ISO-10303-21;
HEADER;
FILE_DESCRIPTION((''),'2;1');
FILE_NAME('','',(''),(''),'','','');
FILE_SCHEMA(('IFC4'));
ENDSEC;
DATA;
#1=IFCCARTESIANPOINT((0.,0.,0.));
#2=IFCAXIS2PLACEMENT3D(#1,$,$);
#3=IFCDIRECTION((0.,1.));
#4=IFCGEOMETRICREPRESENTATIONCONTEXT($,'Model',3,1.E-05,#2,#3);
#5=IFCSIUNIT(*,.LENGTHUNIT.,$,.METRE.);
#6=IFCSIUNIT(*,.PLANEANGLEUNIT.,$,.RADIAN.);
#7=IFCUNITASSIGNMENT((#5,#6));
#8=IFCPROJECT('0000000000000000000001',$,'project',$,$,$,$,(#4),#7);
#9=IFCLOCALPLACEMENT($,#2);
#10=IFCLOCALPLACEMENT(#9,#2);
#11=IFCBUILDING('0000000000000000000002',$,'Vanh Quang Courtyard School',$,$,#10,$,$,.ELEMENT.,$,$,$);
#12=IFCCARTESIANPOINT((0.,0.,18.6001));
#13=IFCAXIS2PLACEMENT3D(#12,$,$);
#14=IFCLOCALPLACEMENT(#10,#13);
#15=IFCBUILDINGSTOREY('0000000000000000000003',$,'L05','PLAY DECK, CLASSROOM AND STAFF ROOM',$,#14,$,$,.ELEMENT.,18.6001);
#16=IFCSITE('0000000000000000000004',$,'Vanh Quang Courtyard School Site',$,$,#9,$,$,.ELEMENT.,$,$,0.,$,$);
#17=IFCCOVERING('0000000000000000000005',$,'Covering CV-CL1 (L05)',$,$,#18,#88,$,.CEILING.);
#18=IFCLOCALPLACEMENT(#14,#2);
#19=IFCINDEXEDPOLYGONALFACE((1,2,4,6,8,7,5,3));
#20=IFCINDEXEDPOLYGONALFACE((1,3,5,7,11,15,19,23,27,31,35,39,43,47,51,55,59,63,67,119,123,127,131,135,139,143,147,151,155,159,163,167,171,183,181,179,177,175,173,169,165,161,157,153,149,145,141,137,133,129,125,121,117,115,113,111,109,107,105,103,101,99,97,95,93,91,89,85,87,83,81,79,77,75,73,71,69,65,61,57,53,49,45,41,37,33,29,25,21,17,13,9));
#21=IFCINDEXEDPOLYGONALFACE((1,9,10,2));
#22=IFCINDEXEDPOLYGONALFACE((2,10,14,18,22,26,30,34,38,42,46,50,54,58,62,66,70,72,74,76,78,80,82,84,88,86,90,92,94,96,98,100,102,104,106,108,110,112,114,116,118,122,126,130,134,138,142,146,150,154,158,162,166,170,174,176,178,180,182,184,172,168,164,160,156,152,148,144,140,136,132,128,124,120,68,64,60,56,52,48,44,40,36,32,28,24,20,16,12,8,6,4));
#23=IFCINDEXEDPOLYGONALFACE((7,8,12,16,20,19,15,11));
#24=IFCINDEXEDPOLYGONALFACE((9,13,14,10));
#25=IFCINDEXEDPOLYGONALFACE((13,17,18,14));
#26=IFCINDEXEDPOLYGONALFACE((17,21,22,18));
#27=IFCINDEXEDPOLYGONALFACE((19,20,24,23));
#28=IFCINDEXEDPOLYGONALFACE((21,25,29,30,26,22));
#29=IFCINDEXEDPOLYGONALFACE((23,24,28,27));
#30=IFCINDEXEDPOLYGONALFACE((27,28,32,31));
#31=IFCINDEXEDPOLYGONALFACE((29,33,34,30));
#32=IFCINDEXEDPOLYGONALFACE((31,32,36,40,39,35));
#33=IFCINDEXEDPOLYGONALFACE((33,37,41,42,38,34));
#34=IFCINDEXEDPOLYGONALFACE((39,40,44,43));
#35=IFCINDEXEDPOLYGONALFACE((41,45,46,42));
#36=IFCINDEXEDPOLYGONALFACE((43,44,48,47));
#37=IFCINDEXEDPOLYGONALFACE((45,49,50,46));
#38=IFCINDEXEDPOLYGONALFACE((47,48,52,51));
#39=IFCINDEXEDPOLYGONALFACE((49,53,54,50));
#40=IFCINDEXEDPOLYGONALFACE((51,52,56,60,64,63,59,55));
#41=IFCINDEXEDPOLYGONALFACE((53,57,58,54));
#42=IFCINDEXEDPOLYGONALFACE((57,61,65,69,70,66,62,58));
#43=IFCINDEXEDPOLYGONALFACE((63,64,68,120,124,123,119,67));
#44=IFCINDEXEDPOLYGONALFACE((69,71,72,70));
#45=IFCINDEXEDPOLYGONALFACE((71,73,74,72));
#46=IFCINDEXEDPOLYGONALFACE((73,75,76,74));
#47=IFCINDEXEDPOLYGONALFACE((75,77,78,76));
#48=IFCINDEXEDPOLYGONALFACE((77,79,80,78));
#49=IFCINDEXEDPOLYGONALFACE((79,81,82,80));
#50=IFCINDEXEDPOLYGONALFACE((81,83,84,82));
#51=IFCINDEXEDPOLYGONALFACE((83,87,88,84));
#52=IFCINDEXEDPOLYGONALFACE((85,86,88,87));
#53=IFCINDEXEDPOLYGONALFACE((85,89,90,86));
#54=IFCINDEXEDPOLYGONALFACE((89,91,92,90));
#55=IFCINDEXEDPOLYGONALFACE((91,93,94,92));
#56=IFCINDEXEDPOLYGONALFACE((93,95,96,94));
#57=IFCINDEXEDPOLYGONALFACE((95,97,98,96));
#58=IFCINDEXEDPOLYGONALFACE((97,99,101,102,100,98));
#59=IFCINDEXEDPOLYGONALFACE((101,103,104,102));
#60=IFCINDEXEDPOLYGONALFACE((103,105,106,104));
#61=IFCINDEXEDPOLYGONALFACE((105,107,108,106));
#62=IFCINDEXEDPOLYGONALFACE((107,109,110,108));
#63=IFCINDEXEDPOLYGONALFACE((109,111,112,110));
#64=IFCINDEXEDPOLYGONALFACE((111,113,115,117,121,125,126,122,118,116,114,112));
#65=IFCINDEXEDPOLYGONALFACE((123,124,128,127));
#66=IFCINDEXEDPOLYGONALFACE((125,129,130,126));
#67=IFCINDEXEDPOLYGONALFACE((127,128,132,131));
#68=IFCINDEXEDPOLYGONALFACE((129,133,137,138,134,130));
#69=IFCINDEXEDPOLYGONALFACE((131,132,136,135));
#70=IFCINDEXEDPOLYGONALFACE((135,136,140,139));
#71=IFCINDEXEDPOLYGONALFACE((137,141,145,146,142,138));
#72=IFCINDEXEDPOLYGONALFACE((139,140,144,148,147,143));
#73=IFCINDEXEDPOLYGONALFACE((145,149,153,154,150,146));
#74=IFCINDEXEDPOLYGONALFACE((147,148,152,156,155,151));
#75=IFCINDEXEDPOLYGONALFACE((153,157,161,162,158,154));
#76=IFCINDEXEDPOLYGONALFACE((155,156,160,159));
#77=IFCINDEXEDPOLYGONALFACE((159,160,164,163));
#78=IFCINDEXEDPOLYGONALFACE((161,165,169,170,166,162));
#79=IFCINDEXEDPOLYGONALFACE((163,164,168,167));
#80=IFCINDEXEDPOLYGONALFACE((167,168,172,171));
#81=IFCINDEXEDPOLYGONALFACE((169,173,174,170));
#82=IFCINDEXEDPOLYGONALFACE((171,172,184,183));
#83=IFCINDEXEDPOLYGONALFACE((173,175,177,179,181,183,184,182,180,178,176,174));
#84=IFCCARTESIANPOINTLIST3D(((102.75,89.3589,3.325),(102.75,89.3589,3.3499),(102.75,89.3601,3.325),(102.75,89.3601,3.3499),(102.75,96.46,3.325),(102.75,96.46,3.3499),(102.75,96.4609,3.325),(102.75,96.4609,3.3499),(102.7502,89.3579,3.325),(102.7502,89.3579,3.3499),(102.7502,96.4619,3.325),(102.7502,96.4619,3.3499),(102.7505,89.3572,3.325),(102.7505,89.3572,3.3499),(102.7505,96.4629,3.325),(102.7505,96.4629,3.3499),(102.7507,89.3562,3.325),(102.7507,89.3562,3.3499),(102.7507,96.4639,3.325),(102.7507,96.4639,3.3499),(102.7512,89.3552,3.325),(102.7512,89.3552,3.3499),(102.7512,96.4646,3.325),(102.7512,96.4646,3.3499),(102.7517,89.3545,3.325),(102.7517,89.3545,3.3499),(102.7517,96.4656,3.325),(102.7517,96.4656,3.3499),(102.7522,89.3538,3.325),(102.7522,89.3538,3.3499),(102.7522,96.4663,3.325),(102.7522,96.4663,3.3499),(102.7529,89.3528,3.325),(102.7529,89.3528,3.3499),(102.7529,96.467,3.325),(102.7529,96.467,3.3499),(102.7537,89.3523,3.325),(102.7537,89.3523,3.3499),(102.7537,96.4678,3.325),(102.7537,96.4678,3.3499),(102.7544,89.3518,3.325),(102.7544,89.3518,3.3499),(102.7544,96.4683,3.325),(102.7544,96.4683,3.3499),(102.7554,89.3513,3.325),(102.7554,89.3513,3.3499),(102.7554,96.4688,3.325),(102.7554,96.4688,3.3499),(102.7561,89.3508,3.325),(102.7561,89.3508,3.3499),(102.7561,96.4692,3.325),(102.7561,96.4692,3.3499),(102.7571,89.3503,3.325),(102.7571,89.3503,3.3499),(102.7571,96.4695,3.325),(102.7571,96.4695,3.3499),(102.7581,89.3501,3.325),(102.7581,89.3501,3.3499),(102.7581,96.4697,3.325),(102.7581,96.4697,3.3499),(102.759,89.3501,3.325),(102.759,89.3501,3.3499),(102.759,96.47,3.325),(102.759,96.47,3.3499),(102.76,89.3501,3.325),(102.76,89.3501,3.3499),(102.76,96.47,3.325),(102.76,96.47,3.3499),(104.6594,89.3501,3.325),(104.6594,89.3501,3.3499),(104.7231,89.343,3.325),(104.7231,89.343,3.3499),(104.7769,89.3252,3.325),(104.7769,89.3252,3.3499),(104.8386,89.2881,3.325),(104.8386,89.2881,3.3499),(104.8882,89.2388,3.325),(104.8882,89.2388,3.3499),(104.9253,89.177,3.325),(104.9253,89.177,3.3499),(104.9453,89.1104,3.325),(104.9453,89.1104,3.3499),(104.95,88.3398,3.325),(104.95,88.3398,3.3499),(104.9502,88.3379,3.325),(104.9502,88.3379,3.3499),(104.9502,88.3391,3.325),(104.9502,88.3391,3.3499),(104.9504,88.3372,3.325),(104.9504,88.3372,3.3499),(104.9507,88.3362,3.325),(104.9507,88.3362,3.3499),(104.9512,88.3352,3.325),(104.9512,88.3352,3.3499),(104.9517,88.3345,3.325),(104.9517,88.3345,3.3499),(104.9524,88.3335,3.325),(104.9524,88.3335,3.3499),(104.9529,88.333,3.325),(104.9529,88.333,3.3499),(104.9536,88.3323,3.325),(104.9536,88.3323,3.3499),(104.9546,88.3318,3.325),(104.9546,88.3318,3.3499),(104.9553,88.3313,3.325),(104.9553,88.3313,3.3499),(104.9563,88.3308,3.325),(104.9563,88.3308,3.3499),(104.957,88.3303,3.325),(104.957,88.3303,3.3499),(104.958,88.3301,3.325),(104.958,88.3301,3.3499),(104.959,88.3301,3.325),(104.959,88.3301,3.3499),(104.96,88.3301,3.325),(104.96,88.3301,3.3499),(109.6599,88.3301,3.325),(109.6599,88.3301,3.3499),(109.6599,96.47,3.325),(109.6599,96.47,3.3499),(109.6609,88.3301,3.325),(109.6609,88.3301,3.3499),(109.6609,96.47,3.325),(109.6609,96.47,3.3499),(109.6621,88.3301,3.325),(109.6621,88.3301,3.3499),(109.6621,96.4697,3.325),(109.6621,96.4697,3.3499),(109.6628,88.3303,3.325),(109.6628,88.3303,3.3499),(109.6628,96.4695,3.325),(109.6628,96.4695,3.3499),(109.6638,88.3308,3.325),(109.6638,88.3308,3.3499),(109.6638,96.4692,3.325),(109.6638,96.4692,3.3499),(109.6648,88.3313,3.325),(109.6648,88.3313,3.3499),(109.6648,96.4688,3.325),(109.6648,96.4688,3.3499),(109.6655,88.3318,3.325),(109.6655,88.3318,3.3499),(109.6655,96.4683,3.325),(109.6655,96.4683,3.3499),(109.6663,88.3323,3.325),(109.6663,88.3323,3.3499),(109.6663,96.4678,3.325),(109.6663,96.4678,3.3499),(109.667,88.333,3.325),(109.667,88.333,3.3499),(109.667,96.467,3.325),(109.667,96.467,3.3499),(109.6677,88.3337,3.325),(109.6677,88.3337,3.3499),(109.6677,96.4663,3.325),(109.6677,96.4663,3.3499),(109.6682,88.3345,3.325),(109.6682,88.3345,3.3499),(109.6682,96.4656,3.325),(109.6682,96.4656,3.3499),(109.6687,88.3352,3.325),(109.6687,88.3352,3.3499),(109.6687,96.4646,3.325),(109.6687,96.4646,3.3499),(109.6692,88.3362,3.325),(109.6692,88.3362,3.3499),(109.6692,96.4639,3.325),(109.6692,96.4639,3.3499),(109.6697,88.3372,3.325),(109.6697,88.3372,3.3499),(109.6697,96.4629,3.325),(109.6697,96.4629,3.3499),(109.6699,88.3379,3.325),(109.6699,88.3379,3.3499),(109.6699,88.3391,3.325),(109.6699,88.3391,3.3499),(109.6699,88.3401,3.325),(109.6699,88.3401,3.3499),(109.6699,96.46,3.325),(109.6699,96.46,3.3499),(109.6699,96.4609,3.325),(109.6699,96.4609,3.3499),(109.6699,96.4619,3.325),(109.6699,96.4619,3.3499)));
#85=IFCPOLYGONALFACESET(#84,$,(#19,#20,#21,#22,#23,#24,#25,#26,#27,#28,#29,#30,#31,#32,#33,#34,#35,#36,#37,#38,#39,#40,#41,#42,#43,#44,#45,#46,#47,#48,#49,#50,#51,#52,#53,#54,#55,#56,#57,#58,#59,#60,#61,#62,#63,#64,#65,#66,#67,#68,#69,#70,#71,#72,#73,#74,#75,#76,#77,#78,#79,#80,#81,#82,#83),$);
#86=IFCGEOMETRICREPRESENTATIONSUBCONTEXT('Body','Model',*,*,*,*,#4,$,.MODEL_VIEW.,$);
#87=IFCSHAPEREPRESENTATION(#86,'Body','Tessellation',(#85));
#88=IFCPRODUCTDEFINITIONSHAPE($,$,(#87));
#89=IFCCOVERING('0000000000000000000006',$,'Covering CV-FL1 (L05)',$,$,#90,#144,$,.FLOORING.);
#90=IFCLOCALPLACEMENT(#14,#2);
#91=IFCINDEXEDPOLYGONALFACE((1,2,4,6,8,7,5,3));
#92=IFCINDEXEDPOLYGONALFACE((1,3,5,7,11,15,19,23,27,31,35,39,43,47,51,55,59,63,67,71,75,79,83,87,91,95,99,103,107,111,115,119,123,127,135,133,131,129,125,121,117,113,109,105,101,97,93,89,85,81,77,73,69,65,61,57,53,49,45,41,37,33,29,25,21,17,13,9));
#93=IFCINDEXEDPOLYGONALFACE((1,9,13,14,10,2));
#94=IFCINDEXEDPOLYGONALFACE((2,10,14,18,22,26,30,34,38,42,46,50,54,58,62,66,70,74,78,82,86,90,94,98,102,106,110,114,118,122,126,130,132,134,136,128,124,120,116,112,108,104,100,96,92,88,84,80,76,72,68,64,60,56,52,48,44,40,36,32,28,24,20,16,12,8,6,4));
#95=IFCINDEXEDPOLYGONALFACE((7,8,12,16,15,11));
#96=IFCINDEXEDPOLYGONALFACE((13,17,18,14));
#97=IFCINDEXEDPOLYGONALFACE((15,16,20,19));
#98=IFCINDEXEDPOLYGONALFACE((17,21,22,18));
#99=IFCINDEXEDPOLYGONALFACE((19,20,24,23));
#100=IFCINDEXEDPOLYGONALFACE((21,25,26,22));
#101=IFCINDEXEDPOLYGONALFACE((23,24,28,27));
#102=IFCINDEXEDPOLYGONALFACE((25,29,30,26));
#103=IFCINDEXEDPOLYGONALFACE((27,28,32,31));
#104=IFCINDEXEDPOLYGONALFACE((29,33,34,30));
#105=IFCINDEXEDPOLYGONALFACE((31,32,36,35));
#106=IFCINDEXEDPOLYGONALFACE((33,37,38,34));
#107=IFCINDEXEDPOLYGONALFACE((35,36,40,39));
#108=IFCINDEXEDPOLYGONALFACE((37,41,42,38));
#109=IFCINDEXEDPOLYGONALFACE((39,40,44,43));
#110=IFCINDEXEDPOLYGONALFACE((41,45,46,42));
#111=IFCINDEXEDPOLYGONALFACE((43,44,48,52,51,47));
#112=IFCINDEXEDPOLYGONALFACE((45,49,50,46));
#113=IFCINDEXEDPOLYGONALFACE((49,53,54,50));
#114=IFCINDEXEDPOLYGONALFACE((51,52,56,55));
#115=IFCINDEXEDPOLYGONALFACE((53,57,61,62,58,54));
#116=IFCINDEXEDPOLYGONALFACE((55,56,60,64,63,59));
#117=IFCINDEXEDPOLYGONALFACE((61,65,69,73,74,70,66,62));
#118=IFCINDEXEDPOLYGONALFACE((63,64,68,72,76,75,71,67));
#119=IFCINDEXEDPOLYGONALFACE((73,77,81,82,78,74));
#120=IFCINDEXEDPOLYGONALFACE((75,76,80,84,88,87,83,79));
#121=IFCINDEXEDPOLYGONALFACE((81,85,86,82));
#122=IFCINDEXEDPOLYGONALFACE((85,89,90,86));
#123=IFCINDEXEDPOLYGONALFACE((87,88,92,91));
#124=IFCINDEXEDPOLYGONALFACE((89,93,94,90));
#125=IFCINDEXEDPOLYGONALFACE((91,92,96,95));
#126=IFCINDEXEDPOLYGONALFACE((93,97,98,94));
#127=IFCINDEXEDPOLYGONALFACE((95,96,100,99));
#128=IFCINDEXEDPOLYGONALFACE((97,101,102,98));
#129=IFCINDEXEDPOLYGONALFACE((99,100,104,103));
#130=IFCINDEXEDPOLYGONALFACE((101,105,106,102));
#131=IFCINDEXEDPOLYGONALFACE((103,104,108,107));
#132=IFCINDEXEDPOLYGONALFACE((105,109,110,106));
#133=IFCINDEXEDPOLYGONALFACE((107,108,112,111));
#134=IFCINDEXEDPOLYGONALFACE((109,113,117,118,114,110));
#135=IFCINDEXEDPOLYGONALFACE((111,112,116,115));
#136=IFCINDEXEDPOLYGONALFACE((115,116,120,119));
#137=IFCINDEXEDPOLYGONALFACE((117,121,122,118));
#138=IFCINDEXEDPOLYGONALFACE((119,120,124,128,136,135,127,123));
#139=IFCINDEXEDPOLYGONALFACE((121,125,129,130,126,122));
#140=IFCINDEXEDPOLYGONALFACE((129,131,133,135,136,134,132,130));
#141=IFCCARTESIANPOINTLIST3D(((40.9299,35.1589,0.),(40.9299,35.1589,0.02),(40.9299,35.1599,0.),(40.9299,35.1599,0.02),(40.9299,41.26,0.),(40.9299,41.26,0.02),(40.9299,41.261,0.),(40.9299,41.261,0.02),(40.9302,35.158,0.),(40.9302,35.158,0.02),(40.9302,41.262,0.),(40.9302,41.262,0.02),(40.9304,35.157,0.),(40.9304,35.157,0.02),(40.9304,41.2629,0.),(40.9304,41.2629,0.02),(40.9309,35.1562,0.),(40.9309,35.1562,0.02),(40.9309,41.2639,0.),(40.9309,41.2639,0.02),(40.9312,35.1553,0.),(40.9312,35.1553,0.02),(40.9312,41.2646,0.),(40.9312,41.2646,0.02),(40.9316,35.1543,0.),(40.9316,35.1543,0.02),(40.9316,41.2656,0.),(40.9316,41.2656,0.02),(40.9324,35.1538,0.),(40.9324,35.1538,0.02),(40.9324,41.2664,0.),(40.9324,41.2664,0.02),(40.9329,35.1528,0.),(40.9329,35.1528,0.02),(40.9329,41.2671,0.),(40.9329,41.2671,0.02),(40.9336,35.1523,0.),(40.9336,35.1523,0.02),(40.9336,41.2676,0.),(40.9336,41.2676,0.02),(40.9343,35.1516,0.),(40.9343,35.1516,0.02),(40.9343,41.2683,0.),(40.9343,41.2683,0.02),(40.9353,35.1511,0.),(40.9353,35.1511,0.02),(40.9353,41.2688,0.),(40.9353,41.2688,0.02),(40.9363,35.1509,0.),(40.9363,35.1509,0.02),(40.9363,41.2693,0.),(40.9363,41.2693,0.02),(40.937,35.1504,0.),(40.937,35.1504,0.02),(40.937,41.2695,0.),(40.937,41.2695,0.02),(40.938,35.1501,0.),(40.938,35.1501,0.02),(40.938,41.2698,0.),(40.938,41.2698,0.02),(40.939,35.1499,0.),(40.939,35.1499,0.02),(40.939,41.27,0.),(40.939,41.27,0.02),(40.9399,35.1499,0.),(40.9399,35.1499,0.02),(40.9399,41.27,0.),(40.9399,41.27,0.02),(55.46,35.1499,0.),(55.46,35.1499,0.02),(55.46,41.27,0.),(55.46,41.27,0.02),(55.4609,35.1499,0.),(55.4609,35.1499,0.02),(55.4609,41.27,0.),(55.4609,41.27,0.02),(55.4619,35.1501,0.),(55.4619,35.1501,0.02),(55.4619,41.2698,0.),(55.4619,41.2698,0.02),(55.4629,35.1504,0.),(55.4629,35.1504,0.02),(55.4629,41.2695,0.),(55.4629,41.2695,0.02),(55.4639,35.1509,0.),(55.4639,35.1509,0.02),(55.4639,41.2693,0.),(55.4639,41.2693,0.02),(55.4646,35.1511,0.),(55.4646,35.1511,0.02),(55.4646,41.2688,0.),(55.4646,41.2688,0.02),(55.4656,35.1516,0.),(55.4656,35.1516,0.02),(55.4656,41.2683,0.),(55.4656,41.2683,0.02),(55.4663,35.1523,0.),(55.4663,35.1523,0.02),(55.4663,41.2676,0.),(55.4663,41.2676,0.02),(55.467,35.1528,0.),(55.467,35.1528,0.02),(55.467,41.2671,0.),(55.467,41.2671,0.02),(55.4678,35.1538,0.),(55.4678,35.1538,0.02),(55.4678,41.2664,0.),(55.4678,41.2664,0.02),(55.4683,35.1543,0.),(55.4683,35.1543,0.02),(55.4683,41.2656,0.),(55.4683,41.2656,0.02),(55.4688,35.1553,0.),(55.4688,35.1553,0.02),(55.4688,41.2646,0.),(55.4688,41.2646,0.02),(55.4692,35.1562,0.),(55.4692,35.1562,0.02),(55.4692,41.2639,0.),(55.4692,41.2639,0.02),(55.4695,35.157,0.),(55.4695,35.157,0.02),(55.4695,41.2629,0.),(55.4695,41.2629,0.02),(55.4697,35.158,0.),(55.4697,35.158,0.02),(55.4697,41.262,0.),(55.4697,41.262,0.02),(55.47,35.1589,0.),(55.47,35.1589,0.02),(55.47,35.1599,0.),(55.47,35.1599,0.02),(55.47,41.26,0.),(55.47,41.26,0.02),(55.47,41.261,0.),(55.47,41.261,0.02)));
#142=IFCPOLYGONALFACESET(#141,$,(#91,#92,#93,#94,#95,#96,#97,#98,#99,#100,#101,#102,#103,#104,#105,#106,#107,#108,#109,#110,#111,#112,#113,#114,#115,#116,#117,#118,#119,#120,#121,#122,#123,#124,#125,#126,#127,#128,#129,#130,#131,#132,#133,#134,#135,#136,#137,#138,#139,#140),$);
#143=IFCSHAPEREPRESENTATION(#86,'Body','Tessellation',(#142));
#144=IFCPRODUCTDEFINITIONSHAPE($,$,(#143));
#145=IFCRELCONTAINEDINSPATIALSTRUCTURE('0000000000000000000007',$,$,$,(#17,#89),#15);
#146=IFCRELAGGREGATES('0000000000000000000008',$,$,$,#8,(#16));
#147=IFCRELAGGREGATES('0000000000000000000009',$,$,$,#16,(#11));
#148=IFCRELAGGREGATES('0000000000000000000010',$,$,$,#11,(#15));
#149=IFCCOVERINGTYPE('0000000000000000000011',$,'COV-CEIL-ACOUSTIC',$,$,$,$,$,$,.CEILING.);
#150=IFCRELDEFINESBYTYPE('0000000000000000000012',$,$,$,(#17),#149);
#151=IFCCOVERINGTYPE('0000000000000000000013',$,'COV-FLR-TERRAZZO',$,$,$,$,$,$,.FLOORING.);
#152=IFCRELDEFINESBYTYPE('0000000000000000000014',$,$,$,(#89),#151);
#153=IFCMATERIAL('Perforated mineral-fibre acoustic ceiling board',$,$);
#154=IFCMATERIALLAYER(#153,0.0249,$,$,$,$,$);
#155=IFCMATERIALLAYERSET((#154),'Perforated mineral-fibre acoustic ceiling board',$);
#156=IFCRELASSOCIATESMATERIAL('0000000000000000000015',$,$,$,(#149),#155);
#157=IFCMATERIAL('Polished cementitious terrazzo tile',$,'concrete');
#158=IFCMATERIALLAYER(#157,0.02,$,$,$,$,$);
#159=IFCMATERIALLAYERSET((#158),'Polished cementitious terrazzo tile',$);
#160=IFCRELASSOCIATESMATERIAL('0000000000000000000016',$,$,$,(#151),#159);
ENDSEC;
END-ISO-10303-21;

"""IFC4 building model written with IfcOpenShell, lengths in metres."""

from ifc_helpers import new_model, si_unit, direction, frame, origin, place, context, subcontext, project, spatial, polyline, outline, extrude, material, layer, layer_set, type_object, element, save


model = new_model("IFC4")

# Units and contexts
model_context = context("Model", 3, precision=1e-05, world=origin(), true_north=direction((0.0, 1.0)))
body_context = subcontext(model_context, "Body", "Model", "MODEL_VIEW")
ifc_project = project(units=[si_unit("LENGTHUNIT", "METRE"), si_unit("PLANEANGLEUNIT", "RADIAN")], contexts=[model_context])

# Site, building, storey
site_placement = place(None, origin())
site = spatial("IfcSite", under=ifc_project, at=site_placement, Name="Vanh Quang Courtyard School Site", CompositionType="ELEMENT", RefElevation=0.0)
building_placement = place(site_placement, origin())
building = spatial("IfcBuilding", under=site, at=building_placement, Name="Vanh Quang Courtyard School", CompositionType="ELEMENT")
storey_placement = place(building_placement, frame((0.0, 0.0, 18.6001)))
storey = spatial("IfcBuildingStorey", under=building, at=storey_placement, Name="L05", Description="PLAY DECK, CLASSROOM AND STAFF ROOM", CompositionType="ELEMENT", Elevation=18.6001)

# Coverings
ifc_material_1 = material(Name="Perforated mineral-fibre acoustic ceiling board")
ifc_layer_1 = layer(ifc_material_1, 0.0249)
ifc_layer_set_1 = layer_set([ifc_layer_1], Name="Perforated mineral-fibre acoustic ceiling board")
covering_type_1 = type_object("IfcCoveringType", Name="COV-CEIL-ACOUSTIC", PredefinedType="CEILING", material=ifc_layer_set_1)
covering_1_placement = place(storey_placement, frame((0.0, 0.0, 3.325)))
element("IfcCovering", 1, at=covering_1_placement, inside=storey, type_object=covering_type_1, Name="Covering CV-CL1 (L05)", PredefinedType="CEILING", context=body_context, shape_type="SweptSolid", body=[
    extrude(outline(polyline([(102.75, 96.46), (102.75, 96.4609), (102.7502, 96.4619), (102.7505, 96.4629), (102.7507, 96.4639), (102.7512, 96.4646), (102.7517, 96.4656), (102.7522, 96.4663), (102.7529, 96.467), (102.7537, 96.4678), (102.7544, 96.4683), (102.7554, 96.4688), (102.7561, 96.4692), (102.7571, 96.4695), (102.7581, 96.4697), (102.759, 96.47), (102.76, 96.47), (109.6599, 96.47), (109.6609, 96.47), (109.6621, 96.4697), (109.6628, 96.4695), (109.6638, 96.4692), (109.6648, 96.4688), (109.6655, 96.4683), (109.6663, 96.4678), (109.667, 96.467), (109.6677, 96.4663), (109.6682, 96.4656), (109.6687, 96.4646), (109.6692, 96.4639), (109.6697, 96.4629), (109.6699, 96.4619), (109.6699, 96.4609), (109.6699, 96.46), (109.6699, 88.3401), (109.6699, 88.3391), (109.6699, 88.3379), (109.6697, 88.3372), (109.6692, 88.3362), (109.6687, 88.3352), (109.6682, 88.3345), (109.6677, 88.3337), (109.667, 88.333), (109.6663, 88.3323), (109.6655, 88.3318), (109.6648, 88.3313), (109.6638, 88.3308), (109.6628, 88.3303), (109.6621, 88.3301), (109.6609, 88.3301), (109.6599, 88.3301), (104.96, 88.3301), (104.959, 88.3301), (104.958, 88.3301), (104.957, 88.3303), (104.9563, 88.3308), (104.9553, 88.3313), (104.9546, 88.3318), (104.9536, 88.3323), (104.9529, 88.333), (104.9524, 88.3335), (104.9517, 88.3345), (104.9512, 88.3352), (104.9507, 88.3362), (104.9504, 88.3372), (104.9502, 88.3379), (104.9502, 88.3391), (104.95, 88.3398), (104.9453, 89.1104), (104.9253, 89.177), (104.8882, 89.2388), (104.8386, 89.2881), (104.7769, 89.3252), (104.7231, 89.343), (104.6594, 89.3501), (102.76, 89.3501), (102.759, 89.3501), (102.7581, 89.3501), (102.7571, 89.3503), (102.7561, 89.3508), (102.7554, 89.3513), (102.7544, 89.3518), (102.7537, 89.3523), (102.7529, 89.3528), (102.7522, 89.3538), (102.7517, 89.3545), (102.7512, 89.3552), (102.7507, 89.3562), (102.7505, 89.3572), (102.7502, 89.3579), (102.75, 89.3589), (102.75, 89.3601), (102.75, 96.46)])), origin(), (0.0, 0.0, 1.0), 0.0249),
])
ifc_material_2 = material(Name="Polished cementitious terrazzo tile", Category="concrete")
ifc_layer_2 = layer(ifc_material_2, 0.02)
ifc_layer_set_2 = layer_set([ifc_layer_2], Name="Polished cementitious terrazzo tile")
covering_type_2 = type_object("IfcCoveringType", Name="COV-FLR-TERRAZZO", PredefinedType="FLOORING", material=ifc_layer_set_2)
covering_2_placement = place(storey_placement, origin())
element("IfcCovering", 2, at=covering_2_placement, inside=storey, type_object=covering_type_2, Name="Covering CV-FL1 (L05)", PredefinedType="FLOORING", context=body_context, shape_type="SweptSolid", body=[
    extrude(outline(polyline([(55.47, 35.1599), (55.47, 35.1589), (55.4697, 35.158), (55.4695, 35.157), (55.4692, 35.1562), (55.4688, 35.1553), (55.4683, 35.1543), (55.4678, 35.1538), (55.467, 35.1528), (55.4663, 35.1523), (55.4656, 35.1516), (55.4646, 35.1511), (55.4639, 35.1509), (55.4629, 35.1504), (55.4619, 35.1501), (55.4609, 35.1499), (55.46, 35.1499), (40.9399, 35.1499), (40.939, 35.1499), (40.938, 35.1501), (40.937, 35.1504), (40.9363, 35.1509), (40.9353, 35.1511), (40.9343, 35.1516), (40.9336, 35.1523), (40.9329, 35.1528), (40.9324, 35.1538), (40.9316, 35.1543), (40.9312, 35.1553), (40.9309, 35.1562), (40.9304, 35.157), (40.9302, 35.158), (40.9299, 35.1589), (40.9299, 35.1599), (40.9299, 41.26), (40.9299, 41.261), (40.9302, 41.262), (40.9304, 41.2629), (40.9309, 41.2639), (40.9312, 41.2646), (40.9316, 41.2656), (40.9324, 41.2664), (40.9329, 41.2671), (40.9336, 41.2676), (40.9343, 41.2683), (40.9353, 41.2688), (40.9363, 41.2693), (40.937, 41.2695), (40.938, 41.2698), (40.939, 41.27), (40.9399, 41.27), (55.46, 41.27), (55.4609, 41.27), (55.4619, 41.2698), (55.4629, 41.2695), (55.4639, 41.2693), (55.4646, 41.2688), (55.4656, 41.2683), (55.4663, 41.2676), (55.467, 41.2671), (55.4678, 41.2664), (55.4683, 41.2656), (55.4688, 41.2646), (55.4692, 41.2639), (55.4695, 41.2629), (55.4697, 41.262), (55.47, 41.261), (55.47, 41.26), (55.47, 35.1599)])), origin(), (0.0, 0.0, 1.0), 0.02),
])

save(model, "model.ifc")
